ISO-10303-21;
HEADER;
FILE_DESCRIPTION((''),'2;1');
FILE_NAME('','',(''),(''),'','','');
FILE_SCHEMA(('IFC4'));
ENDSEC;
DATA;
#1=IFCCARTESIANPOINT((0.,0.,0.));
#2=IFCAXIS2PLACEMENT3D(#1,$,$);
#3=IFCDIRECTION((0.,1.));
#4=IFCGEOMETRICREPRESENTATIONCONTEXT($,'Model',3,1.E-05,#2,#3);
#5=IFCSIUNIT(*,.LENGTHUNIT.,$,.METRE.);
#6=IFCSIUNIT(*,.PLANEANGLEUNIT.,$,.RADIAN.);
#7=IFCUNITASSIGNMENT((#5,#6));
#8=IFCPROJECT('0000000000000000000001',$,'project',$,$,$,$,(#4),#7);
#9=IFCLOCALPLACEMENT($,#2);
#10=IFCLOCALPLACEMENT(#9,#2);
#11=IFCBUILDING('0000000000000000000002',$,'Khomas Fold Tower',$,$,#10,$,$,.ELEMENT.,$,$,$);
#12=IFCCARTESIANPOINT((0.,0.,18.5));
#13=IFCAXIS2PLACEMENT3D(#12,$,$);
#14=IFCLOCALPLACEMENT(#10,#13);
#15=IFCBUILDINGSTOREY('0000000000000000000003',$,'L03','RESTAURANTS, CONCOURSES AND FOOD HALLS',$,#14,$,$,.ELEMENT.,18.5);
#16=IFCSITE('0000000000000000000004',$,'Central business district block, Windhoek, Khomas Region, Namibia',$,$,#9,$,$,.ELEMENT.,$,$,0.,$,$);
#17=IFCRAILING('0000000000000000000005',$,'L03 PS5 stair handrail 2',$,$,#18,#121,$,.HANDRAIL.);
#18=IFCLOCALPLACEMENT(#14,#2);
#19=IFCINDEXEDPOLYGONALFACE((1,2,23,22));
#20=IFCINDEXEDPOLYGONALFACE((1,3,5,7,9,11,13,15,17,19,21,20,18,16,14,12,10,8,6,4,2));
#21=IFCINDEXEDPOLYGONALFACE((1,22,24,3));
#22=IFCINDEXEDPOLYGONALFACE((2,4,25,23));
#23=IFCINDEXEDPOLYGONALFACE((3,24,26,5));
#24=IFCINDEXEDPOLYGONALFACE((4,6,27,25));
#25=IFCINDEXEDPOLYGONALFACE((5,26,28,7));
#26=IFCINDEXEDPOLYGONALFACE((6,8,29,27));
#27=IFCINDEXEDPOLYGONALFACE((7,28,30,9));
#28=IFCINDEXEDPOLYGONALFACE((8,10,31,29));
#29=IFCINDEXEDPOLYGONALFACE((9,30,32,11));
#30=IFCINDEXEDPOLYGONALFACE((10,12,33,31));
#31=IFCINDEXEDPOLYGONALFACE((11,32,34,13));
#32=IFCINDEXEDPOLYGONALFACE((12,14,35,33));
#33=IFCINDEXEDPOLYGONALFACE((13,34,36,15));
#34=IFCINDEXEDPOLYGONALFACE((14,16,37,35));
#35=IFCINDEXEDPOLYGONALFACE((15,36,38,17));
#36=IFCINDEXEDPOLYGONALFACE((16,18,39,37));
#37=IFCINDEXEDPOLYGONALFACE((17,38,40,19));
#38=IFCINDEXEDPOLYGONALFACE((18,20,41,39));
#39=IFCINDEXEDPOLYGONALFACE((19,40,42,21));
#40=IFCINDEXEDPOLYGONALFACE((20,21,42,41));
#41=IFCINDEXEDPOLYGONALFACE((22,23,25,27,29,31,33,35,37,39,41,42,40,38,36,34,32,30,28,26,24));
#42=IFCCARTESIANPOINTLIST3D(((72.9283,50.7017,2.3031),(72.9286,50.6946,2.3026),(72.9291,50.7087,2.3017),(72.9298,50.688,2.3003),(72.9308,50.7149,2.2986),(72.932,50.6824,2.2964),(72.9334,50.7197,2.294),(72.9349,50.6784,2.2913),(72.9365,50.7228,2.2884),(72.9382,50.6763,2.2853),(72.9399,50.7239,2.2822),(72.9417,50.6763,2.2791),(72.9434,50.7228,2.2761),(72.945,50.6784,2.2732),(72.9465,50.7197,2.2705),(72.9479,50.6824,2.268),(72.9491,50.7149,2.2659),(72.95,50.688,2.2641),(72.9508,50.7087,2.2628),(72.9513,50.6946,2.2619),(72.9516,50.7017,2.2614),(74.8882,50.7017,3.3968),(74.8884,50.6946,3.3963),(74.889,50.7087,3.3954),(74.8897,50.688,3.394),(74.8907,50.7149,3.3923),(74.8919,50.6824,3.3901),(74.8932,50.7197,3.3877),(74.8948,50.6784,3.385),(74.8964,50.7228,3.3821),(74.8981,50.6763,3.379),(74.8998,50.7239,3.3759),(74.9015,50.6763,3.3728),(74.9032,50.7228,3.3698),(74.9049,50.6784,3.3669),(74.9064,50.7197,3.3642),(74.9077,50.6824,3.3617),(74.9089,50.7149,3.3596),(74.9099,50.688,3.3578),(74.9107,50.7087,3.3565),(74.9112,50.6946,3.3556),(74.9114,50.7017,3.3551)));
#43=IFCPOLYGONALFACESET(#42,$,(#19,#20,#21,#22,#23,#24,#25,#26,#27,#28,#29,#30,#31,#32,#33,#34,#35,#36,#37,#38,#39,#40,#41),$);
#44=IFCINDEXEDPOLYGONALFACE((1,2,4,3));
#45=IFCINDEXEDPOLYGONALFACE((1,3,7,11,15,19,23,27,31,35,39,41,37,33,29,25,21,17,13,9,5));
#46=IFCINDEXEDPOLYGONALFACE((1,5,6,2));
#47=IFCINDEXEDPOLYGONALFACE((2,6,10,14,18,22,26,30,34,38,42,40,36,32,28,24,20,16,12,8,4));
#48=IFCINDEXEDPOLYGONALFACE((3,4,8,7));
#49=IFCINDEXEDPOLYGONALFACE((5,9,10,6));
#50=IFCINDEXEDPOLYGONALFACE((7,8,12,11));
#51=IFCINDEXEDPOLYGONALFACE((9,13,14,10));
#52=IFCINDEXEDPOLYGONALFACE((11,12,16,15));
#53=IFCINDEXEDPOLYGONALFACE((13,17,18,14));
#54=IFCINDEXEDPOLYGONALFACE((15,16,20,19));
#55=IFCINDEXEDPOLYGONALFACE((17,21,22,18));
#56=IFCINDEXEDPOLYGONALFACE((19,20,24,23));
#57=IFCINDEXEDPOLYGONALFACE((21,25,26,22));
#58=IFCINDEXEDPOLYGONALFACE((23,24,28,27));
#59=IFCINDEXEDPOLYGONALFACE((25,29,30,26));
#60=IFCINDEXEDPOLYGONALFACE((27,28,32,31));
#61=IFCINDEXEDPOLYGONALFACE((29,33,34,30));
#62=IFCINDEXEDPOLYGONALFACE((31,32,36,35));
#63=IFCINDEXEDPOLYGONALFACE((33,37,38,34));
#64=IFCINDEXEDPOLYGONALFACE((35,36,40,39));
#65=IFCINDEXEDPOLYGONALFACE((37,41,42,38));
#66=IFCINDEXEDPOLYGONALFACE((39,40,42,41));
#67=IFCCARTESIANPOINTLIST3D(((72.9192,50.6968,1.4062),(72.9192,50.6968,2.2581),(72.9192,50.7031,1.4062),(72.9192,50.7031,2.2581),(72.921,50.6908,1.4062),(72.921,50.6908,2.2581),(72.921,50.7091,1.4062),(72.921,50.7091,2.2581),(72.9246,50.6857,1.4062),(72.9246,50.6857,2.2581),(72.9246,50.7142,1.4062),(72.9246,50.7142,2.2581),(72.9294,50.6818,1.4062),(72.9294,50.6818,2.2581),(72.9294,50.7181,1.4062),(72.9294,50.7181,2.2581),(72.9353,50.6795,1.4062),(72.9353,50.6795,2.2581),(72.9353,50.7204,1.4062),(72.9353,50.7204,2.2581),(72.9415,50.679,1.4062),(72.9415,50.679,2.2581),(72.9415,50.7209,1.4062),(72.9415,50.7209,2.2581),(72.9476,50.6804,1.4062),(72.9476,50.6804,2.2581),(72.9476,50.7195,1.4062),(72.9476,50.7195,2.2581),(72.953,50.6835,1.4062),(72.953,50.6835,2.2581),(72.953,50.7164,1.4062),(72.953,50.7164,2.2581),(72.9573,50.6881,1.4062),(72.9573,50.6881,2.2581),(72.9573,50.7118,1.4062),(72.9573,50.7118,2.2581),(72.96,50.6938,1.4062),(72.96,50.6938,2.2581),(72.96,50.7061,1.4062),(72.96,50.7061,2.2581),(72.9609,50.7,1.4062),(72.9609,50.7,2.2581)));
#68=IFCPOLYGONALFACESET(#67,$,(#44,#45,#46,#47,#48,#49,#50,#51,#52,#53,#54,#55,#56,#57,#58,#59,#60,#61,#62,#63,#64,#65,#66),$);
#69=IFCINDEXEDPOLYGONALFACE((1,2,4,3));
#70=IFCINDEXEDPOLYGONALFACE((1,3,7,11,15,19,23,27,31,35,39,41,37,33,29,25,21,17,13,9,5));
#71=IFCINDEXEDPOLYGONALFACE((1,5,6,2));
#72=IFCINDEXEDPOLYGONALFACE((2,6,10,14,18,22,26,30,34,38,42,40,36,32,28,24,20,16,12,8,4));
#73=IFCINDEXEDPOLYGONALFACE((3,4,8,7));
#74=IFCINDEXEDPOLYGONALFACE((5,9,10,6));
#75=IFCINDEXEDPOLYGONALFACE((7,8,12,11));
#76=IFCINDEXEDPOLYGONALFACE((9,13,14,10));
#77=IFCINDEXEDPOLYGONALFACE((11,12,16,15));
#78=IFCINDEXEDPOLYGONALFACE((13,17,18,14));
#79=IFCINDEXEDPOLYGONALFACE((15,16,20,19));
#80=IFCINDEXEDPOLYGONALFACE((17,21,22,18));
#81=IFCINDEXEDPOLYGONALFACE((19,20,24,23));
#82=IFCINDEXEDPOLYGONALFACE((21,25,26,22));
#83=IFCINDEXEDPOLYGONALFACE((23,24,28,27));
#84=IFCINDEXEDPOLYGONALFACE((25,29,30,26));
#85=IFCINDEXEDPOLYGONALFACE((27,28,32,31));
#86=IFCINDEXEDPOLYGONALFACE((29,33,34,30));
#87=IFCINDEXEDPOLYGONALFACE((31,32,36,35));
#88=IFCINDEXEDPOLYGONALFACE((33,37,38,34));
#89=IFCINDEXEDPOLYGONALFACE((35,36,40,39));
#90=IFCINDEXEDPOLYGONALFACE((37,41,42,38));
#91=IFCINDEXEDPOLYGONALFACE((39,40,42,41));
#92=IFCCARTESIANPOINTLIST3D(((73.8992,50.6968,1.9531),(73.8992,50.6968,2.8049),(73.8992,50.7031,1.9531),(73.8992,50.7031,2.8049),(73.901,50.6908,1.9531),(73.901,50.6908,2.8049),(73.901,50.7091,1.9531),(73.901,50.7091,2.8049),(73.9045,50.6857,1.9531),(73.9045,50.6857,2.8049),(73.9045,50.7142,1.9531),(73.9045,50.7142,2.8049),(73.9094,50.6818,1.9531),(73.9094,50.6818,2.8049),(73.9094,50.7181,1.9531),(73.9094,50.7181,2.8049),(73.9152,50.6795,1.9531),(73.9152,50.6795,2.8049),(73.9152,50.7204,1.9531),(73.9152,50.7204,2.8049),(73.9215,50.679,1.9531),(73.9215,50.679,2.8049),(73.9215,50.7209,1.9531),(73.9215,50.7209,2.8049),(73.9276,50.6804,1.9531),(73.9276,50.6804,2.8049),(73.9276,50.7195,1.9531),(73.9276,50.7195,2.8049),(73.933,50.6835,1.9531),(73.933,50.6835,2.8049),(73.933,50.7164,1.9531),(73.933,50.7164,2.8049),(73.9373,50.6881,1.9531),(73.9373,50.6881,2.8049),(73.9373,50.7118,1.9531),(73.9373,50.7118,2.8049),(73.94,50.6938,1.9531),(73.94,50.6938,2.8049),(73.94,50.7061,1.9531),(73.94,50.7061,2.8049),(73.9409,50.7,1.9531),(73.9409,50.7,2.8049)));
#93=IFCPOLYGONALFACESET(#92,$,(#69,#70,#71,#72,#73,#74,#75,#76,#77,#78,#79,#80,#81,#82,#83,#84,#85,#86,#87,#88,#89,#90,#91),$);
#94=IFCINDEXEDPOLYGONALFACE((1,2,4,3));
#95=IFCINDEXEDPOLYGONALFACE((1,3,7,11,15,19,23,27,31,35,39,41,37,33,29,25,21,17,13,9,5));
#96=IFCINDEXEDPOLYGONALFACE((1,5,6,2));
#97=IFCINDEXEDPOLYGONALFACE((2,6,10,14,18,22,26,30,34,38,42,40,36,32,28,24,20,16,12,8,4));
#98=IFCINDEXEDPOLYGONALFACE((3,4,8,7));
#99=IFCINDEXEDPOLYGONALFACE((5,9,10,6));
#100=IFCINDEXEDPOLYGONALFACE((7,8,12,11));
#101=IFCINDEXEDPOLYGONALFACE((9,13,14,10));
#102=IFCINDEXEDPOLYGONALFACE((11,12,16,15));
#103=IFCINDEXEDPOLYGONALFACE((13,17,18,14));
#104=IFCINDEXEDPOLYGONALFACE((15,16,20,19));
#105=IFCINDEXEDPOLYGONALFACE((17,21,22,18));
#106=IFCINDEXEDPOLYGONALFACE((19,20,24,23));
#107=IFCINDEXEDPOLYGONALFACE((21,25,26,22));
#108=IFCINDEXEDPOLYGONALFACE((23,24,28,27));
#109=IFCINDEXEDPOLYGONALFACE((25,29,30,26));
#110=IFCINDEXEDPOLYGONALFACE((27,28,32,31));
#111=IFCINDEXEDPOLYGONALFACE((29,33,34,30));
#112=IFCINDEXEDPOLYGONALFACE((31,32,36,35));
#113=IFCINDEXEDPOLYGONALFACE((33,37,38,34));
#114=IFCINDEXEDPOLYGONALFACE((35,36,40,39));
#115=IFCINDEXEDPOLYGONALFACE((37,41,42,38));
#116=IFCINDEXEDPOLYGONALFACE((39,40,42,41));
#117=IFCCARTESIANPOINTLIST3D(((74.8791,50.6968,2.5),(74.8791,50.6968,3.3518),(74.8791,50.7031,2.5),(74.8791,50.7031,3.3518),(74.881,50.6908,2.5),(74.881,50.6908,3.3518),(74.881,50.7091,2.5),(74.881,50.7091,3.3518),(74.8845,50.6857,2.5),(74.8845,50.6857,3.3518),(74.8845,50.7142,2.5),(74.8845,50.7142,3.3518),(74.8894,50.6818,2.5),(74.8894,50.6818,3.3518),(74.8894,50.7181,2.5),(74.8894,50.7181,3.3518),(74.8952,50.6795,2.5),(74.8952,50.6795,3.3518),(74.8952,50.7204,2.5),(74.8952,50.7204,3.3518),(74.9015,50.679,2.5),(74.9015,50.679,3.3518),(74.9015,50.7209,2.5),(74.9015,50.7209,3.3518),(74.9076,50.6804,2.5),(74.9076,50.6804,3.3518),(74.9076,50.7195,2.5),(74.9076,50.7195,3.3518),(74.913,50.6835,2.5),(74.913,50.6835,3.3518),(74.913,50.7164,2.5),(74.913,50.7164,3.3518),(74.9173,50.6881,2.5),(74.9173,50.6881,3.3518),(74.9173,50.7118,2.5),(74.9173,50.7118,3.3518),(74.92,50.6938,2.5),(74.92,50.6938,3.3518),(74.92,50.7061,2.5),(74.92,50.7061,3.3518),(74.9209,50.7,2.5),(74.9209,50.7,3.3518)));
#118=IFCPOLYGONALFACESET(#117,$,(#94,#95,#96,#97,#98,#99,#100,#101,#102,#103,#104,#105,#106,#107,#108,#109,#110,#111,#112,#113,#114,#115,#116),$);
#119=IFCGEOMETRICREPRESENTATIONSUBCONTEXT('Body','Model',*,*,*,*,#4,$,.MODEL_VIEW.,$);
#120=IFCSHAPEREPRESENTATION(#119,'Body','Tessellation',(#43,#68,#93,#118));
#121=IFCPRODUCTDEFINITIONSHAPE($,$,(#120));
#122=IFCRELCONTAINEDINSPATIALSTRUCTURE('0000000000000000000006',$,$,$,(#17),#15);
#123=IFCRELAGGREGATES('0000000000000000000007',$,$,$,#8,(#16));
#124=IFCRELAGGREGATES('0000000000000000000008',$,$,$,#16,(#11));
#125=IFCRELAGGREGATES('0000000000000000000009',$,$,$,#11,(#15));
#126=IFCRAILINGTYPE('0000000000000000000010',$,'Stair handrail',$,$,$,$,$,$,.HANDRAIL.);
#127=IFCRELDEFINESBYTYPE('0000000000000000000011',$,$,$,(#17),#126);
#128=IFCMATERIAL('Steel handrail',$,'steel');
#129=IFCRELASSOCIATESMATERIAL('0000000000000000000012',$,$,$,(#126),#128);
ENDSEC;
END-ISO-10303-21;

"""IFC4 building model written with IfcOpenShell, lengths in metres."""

from ifc_helpers import new_model, si_unit, direction, frame, origin, origin_2d, place, context, subcontext, project, spatial, circle, extrude, source, transform, mapped, material, type_object, element, save


model = new_model("IFC4")

# Units and contexts
model_context = context("Model", 3, precision=1e-05, world=origin(), true_north=direction((0.0, 1.0)))
body_context = subcontext(model_context, "Body", "Model", "MODEL_VIEW")
ifc_project = project(units=[si_unit("LENGTHUNIT", "METRE"), si_unit("PLANEANGLEUNIT", "RADIAN")], contexts=[model_context])

# Site, building, storey
site_placement = place(None, origin())
site = spatial("IfcSite", under=ifc_project, at=site_placement, Name="Central business district block, Windhoek, Khomas Region, Namibia", CompositionType="ELEMENT", RefElevation=0.0)
building_placement = place(site_placement, origin())
building = spatial("IfcBuilding", under=site, at=building_placement, Name="Khomas Fold Tower", CompositionType="ELEMENT")
storey_placement = place(building_placement, frame((0.0, 0.0, 18.5)))
storey = spatial("IfcBuildingStorey", under=building, at=storey_placement, Name="L03", Description="RESTAURANTS, CONCOURSES AND FOOD HALLS", CompositionType="ELEMENT", Elevation=18.5)

# Railing
ifc_material_1 = material(Name="Steel handrail", Category="steel")
railing_type_1 = type_object("IfcRailingType", Name="Stair handrail", PredefinedType="HANDRAIL", material=ifc_material_1)
shared_shape_1 = source(origin(), body_context, "Body", "SweptSolid", [
    extrude(circle(Radius=0.0239, at=origin_2d()), frame((0.0, 0.0, 0.876), z_axis=(0.873232, 0.0, 0.487304), x_axis=(0.0, 1.0, 0.0)), (0.0, 0.0, 1.0), 2.2444),
    extrude(circle(Radius=0.021, at=origin_2d()), origin(), (0.0, 0.0, 1.0), 0.8518),
    extrude(circle(Radius=0.021, at=origin_2d()), frame((0.98, 0.0, 0.5469)), (0.0, 0.0, 1.0), 0.8518),
    extrude(circle(Radius=0.021, at=origin_2d()), frame((1.96, 0.0, 1.0938)), (0.0, 0.0, 1.0), 0.8518),
])
for number, where, name in (
    (1, (72.9399, 50.7, 1.4062), "L03 PS5 stair handrail 2"),
):
    element("IfcRailing", number, at=place(storey_placement, frame(where)), inside=storey, type_object=railing_type_1, Name=name, PredefinedType="HANDRAIL", context=body_context, shape_type="MappedRepresentation", body=[
        mapped(shared_shape_1, transform((0.0, 0.0, 0.0))),
    ])

save(model, "model.ifc")
